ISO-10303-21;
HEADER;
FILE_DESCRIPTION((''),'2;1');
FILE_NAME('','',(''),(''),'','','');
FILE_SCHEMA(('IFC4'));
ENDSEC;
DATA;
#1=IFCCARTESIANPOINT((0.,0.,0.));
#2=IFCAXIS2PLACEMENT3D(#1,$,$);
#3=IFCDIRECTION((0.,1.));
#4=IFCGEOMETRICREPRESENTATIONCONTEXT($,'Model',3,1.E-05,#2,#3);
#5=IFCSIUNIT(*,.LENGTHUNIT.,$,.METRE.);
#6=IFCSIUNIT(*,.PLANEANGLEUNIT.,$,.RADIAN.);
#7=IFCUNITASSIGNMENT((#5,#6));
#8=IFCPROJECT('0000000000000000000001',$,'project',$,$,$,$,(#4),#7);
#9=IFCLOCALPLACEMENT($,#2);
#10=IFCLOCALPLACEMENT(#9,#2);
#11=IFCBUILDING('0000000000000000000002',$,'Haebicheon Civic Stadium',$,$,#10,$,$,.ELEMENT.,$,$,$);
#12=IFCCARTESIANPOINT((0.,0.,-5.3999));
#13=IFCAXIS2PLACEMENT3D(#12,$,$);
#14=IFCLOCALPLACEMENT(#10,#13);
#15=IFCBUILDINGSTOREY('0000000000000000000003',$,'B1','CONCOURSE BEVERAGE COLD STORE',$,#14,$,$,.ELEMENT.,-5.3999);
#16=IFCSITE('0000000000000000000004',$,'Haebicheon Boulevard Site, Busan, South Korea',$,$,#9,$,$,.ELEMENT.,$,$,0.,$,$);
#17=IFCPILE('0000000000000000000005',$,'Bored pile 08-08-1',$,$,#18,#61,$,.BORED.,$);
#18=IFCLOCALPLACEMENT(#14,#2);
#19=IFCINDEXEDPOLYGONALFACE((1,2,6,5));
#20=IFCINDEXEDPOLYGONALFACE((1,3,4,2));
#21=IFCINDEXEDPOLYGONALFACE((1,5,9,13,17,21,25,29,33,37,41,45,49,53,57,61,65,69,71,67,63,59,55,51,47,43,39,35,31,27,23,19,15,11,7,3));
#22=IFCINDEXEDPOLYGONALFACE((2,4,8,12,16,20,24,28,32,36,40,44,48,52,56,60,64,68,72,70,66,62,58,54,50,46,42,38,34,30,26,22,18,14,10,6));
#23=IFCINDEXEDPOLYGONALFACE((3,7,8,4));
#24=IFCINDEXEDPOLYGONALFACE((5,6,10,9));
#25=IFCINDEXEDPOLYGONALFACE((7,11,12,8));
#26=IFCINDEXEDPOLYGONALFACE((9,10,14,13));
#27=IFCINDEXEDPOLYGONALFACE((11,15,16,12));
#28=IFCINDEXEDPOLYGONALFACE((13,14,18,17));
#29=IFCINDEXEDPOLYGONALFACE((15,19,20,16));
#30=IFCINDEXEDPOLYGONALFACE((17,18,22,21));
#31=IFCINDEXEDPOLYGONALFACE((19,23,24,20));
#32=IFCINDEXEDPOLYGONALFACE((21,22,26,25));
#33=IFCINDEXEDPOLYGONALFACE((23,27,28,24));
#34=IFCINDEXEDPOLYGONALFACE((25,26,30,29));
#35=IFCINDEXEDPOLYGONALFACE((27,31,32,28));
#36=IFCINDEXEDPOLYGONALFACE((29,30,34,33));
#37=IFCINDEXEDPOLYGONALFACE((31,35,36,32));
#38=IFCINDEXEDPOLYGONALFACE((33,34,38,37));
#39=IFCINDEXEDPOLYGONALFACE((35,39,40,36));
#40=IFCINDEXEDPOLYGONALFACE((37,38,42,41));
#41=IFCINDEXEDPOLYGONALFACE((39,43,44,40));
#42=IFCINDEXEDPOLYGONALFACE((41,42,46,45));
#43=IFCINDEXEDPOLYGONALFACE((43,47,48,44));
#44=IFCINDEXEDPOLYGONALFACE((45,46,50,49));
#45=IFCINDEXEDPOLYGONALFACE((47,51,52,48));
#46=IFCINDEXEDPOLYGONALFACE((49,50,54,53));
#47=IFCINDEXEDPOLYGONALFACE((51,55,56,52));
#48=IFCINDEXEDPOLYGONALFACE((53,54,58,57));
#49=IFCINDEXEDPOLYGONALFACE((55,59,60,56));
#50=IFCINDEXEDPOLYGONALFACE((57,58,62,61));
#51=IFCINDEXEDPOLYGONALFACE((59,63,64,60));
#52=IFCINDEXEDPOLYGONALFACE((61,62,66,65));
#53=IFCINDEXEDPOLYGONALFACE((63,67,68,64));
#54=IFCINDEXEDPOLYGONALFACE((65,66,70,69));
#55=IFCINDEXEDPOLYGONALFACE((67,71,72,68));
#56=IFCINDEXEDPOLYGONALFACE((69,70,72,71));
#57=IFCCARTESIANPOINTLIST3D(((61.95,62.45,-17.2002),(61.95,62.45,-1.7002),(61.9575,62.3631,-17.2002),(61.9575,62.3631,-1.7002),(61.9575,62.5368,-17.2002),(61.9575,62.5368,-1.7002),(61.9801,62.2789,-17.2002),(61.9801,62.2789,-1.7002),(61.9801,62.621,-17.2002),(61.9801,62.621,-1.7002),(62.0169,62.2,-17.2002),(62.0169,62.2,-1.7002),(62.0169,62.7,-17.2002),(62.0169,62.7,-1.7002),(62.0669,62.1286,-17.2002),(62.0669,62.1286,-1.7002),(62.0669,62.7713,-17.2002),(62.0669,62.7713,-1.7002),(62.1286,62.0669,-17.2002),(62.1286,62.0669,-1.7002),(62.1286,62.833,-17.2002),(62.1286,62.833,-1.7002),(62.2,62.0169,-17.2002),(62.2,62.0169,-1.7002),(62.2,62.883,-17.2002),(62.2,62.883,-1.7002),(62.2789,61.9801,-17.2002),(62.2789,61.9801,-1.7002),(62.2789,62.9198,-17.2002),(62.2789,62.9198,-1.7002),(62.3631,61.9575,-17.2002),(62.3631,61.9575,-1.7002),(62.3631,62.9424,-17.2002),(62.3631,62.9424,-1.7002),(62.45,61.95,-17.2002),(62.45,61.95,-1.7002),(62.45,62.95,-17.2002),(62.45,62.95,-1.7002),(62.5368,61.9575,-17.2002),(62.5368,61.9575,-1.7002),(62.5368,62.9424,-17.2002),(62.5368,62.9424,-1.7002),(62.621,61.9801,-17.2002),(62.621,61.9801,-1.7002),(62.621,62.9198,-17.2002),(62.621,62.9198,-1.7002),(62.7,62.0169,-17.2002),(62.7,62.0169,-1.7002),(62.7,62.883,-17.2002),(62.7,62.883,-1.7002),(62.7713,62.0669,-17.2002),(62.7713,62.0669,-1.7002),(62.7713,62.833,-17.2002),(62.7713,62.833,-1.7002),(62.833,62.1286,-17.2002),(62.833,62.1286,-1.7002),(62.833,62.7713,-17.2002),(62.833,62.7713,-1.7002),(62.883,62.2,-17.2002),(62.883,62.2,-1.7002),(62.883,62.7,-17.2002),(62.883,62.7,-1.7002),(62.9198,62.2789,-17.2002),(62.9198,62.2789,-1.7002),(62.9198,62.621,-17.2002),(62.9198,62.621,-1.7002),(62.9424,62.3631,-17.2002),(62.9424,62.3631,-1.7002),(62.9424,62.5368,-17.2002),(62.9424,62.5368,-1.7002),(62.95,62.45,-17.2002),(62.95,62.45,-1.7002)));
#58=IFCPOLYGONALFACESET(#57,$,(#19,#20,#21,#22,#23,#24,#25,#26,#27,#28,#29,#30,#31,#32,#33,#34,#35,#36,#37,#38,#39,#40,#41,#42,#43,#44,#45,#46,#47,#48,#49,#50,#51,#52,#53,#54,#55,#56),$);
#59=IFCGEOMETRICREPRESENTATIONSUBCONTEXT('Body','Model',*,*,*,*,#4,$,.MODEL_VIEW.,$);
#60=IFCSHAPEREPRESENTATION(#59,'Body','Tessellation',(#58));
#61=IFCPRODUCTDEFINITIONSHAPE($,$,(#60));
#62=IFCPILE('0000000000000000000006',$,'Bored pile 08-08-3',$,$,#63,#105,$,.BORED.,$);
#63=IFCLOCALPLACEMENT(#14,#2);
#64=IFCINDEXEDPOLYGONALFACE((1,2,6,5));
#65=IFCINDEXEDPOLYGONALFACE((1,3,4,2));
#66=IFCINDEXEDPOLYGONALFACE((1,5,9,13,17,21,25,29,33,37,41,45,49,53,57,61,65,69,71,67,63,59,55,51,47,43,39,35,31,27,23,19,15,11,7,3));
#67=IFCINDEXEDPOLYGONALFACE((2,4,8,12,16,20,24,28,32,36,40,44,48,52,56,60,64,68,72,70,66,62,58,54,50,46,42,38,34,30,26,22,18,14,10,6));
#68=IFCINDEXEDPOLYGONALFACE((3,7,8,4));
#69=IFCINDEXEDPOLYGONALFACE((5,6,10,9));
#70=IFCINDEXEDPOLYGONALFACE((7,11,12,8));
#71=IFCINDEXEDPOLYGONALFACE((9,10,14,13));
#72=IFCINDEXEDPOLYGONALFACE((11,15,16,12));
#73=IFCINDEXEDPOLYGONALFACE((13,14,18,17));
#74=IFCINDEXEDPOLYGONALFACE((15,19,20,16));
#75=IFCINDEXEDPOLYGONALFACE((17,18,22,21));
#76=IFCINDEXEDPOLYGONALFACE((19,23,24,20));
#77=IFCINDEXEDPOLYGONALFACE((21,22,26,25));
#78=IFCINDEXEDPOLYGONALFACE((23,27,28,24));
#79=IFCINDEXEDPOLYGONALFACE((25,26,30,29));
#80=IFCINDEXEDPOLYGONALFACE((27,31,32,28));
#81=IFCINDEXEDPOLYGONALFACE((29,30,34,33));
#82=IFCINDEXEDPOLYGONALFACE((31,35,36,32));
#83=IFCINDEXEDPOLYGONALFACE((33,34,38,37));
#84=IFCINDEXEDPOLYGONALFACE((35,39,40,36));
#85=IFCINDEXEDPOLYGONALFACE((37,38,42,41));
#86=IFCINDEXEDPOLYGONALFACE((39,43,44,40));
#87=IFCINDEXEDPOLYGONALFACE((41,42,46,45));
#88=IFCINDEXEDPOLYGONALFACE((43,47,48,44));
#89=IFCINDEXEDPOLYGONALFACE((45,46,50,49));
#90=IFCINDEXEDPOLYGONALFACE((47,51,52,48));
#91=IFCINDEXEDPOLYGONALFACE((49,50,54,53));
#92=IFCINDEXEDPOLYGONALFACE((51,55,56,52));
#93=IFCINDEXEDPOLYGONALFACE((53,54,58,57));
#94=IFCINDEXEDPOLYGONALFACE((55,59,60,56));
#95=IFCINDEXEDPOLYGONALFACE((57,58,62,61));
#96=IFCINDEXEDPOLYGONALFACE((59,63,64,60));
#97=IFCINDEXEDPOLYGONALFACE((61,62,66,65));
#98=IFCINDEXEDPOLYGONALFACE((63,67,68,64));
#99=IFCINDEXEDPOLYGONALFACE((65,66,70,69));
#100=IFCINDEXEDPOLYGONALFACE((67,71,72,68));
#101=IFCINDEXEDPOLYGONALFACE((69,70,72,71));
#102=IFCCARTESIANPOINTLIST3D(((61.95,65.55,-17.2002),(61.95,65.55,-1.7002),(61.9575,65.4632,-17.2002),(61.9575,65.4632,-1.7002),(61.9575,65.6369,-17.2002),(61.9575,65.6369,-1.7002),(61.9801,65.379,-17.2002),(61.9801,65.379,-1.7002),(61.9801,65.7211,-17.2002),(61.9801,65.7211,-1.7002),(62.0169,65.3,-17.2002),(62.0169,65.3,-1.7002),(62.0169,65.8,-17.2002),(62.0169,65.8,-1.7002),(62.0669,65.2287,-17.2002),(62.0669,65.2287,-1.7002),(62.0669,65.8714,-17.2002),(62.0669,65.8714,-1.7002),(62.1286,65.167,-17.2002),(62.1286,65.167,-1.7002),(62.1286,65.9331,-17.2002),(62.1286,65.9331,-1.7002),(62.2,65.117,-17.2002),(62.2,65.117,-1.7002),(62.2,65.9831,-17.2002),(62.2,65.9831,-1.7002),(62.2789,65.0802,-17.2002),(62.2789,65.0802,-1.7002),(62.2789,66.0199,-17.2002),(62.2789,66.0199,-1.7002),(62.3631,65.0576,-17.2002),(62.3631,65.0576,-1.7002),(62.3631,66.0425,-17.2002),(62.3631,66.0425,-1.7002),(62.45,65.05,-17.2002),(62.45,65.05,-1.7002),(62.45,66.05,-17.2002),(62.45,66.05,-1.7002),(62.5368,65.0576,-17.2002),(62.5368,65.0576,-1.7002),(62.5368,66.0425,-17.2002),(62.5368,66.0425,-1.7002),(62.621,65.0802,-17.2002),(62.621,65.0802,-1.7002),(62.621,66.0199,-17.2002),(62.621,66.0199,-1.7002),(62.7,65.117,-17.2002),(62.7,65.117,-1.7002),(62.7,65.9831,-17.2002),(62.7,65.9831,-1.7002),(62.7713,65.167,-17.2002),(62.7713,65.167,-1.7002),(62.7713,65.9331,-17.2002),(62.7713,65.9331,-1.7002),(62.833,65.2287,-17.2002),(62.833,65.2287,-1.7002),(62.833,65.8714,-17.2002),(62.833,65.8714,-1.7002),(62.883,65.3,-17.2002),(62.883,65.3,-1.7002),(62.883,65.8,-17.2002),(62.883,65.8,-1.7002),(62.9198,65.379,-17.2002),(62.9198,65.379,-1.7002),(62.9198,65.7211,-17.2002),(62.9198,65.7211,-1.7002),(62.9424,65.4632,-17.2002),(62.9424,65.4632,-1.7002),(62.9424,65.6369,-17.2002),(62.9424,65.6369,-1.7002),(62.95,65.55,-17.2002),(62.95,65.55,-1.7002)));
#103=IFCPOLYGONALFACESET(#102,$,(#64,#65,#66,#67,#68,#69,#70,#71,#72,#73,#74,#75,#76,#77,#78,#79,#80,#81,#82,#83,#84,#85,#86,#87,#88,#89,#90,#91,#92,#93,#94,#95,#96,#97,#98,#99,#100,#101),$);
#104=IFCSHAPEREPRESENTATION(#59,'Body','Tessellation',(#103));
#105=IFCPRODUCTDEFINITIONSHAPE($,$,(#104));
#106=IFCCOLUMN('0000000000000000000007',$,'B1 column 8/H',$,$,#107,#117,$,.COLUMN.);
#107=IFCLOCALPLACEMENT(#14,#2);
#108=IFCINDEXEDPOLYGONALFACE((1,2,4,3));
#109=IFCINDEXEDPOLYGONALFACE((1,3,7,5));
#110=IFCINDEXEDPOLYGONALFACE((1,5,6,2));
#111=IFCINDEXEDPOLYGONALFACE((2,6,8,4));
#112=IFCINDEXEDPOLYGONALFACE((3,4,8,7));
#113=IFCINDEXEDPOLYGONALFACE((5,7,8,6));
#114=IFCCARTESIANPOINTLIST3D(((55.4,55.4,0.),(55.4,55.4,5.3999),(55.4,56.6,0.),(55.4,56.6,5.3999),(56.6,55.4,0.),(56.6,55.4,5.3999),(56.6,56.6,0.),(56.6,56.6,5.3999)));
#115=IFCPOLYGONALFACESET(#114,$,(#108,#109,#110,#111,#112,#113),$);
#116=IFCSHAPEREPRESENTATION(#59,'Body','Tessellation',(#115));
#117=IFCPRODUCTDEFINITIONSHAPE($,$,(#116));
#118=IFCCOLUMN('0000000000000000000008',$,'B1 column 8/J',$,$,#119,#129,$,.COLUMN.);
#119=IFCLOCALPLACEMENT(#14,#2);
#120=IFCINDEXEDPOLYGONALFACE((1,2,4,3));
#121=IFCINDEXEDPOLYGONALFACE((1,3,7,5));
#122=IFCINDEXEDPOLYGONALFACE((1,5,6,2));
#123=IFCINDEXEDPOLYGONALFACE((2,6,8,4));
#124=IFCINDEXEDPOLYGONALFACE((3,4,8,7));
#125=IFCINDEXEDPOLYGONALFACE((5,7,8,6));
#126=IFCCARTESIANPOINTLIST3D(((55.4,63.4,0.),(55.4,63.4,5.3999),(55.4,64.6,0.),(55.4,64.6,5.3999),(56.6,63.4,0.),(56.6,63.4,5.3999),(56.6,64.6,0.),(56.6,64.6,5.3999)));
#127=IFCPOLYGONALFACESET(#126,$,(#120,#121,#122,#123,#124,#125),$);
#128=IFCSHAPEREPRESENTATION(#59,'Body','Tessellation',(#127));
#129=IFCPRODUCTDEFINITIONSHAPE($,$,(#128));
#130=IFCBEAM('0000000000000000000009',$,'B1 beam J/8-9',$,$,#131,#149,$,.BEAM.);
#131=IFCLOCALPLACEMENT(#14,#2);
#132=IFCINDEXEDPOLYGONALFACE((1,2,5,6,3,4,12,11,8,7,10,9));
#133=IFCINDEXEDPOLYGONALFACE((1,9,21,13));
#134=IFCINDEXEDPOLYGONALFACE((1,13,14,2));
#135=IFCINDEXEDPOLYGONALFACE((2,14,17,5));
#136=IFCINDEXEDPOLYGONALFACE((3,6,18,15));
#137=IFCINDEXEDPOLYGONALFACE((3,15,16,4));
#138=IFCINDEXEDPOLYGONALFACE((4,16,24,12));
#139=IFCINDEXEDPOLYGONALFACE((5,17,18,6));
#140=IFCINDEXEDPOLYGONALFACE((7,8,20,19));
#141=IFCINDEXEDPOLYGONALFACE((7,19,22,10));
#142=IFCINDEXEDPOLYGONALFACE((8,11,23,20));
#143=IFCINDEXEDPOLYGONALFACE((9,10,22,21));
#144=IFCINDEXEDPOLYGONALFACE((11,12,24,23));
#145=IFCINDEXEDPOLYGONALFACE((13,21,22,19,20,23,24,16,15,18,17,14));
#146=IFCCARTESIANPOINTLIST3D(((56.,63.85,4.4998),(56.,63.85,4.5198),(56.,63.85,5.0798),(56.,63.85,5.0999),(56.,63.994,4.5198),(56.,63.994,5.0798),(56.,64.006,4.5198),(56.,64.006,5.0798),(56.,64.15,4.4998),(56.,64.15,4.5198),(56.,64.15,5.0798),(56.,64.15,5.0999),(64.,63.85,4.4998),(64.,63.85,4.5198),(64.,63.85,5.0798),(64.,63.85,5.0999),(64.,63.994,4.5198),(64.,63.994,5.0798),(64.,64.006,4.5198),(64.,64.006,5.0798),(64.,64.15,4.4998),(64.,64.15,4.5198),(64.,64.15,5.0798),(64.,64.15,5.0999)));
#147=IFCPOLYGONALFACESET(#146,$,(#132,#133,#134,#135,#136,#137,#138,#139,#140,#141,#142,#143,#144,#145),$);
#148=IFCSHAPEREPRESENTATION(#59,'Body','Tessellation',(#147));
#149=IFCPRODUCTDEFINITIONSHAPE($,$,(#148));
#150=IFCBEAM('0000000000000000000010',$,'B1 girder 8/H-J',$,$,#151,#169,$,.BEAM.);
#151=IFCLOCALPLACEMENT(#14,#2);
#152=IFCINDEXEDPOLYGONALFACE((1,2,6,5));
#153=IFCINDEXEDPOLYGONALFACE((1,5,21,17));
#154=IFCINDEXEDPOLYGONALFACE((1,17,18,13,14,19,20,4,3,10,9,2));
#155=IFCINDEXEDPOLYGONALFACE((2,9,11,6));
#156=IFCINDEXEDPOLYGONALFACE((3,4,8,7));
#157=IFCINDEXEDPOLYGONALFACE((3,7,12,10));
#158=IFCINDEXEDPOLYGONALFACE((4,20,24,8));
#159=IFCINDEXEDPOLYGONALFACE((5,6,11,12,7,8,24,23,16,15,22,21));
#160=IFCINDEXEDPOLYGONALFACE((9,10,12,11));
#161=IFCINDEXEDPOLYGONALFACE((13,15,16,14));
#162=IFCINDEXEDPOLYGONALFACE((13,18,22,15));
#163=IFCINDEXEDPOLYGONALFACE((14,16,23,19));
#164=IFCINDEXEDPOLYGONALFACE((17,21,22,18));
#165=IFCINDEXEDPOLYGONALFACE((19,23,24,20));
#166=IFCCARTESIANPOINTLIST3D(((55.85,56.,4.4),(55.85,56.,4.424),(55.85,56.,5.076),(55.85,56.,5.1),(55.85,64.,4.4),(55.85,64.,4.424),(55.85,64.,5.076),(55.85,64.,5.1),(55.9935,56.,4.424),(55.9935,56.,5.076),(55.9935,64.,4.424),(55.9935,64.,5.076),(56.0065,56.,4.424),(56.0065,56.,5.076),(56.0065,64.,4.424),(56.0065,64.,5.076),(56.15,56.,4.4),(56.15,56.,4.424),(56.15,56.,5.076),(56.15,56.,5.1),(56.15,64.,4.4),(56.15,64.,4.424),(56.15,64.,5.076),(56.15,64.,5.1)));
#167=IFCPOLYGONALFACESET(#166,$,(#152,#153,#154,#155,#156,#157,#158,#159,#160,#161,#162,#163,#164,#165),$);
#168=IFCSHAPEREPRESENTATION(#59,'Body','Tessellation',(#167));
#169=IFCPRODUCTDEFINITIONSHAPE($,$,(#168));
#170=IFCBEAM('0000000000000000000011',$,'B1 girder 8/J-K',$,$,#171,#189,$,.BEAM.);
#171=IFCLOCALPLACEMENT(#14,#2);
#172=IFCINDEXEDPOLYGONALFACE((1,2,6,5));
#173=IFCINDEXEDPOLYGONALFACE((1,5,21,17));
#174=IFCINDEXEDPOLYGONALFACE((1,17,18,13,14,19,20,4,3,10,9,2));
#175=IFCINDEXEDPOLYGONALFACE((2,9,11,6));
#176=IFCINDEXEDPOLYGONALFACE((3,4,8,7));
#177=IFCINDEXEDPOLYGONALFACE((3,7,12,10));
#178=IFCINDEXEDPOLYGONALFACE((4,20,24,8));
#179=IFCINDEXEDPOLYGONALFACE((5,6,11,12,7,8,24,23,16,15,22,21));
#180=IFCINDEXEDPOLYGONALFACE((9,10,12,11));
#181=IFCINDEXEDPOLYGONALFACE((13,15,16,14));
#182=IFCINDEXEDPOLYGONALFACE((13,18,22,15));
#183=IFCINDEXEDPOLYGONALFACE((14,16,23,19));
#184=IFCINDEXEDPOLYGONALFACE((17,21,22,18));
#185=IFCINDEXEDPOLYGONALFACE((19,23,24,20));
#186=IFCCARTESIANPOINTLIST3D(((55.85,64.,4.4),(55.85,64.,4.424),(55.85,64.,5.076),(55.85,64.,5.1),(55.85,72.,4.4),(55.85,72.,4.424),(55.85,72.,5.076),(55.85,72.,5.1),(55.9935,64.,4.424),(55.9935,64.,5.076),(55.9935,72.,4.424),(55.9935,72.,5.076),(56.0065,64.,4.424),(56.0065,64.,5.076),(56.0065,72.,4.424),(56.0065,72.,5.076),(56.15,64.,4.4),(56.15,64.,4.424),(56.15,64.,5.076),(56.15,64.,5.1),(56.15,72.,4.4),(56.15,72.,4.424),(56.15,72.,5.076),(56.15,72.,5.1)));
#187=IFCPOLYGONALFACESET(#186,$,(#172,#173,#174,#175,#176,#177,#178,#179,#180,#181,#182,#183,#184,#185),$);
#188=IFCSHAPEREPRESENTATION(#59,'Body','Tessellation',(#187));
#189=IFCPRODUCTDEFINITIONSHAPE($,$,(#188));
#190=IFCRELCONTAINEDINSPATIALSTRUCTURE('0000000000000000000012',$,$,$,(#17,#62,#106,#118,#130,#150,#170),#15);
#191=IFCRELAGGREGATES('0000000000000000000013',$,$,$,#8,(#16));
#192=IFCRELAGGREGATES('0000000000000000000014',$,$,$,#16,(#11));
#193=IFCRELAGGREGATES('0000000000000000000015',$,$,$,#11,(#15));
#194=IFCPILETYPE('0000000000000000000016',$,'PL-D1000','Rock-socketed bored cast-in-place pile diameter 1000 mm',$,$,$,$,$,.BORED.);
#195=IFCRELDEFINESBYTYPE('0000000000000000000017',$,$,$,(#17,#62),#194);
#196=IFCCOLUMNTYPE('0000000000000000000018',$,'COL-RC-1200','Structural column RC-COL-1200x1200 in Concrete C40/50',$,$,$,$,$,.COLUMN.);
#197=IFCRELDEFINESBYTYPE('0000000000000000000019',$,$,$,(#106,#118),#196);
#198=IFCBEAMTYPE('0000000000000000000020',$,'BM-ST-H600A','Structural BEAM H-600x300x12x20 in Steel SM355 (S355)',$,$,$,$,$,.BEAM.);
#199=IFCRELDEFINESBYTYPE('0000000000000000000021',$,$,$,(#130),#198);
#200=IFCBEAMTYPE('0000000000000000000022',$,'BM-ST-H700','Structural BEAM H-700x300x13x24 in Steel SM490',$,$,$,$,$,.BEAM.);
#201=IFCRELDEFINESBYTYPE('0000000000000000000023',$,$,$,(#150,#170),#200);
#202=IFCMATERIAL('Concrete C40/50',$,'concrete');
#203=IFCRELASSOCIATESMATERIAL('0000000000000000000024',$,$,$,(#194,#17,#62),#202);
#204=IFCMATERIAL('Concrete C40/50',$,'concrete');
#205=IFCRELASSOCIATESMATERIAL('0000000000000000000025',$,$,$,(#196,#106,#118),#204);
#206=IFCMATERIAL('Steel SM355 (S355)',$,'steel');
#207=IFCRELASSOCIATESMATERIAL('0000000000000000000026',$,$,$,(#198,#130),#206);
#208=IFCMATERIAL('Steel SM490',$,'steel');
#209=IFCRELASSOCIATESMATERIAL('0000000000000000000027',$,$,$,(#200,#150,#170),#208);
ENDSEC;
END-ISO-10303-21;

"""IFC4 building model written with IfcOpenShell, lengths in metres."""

from ifc_helpers import new_model, si_unit, direction, frame, origin, origin_2d, place, context, subcontext, project, spatial, rectangle, circle, i_section, extrude, material, material_profile, profile_set, type_object, element, save


model = new_model("IFC4")

# Units and contexts
model_context = context("Model", 3, precision=1e-05, world=origin(), true_north=direction((0.0, 1.0)))
body_context = subcontext(model_context, "Body", "Model", "MODEL_VIEW")
ifc_project = project(units=[si_unit("LENGTHUNIT", "METRE"), si_unit("PLANEANGLEUNIT", "RADIAN")], contexts=[model_context])

# Site, building, storey
site_placement = place(None, origin())
site = spatial("IfcSite", under=ifc_project, at=site_placement, Name="Haebicheon Boulevard Site, Busan, South Korea", CompositionType="ELEMENT", RefElevation=0.0)
building_placement = place(site_placement, origin())
building = spatial("IfcBuilding", under=site, at=building_placement, Name="Haebicheon Civic Stadium", CompositionType="ELEMENT")
storey_placement = place(building_placement, frame((0.0, 0.0, -5.3999)))
storey = spatial("IfcBuildingStorey", under=building, at=storey_placement, Name="B1", Description="CONCOURSE BEVERAGE COLD STORE", CompositionType="ELEMENT", Elevation=-5.3999)

# Piles
ifc_material_1 = material(Name="Concrete C40/50", Category="concrete")
ifc_material_profile_1 = material_profile(ifc_material_1, circle(Radius=0.5, at=origin_2d()), Name="PILE-D1000")
ifc_profile_set_1 = profile_set([ifc_material_profile_1], Name="Concrete C40/50")
pile_type = type_object("IfcPileType", Name="PL-D1000", Description="Rock-socketed bored cast-in-place pile diameter 1000 mm", PredefinedType="BORED", material=ifc_profile_set_1)
for number, where, z_axis, x_axis, name in (
    (1, (62.45, 62.45, -1.7002), (0.0, 0.0, -1.0), (1.0, 0.0, 0.0), "Bored pile 08-08-1"),
    (2, (62.45, 65.55, -1.7002), (0.0, 0.0, -1.0), (1.0, 0.0, 0.0), "Bored pile 08-08-3"),
):
    element("IfcPile", number, at=place(storey_placement, frame(where, z_axis=z_axis, x_axis=x_axis)), inside=storey, type_object=pile_type, material=ifc_profile_set_1, Name=name, PredefinedType="BORED", context=body_context, shape_type="SweptSolid", body=[
        extrude(circle(Radius=0.5, at=origin_2d()), origin(), (0.0, 0.0, 1.0), 15.5),
    ])

# Columns
ifc_material_2 = material(Name="Concrete C40/50", Category="concrete")
ifc_material_profile_2 = material_profile(ifc_material_2, rectangle(XDim=1.2, YDim=1.2, at=origin_2d()), Name="RC-COL-1200x1200")
ifc_profile_set_2 = profile_set([ifc_material_profile_2], Name="Concrete C40/50")
column_type = type_object("IfcColumnType", Name="COL-RC-1200", Description="Structural column RC-COL-1200x1200 in Concrete C40/50", PredefinedType="COLUMN", material=ifc_profile_set_2)
for number, where, z_axis, x_axis, name in (
    (3, (56.0, 56.0, 0.0), (0.0, 0.0, 1.0), (1.0, 0.0, 0.0), "B1 column 8/H"),
    (4, (56.0, 64.0, 0.0), (0.0, 0.0, 1.0), (1.0, 0.0, 0.0), "B1 column 8/J"),
):
    element("IfcColumn", number, at=place(storey_placement, frame(where, z_axis=z_axis, x_axis=x_axis)), inside=storey, type_object=column_type, material=ifc_profile_set_2, Name=name, PredefinedType="COLUMN", context=body_context, shape_type="SweptSolid", body=[
        extrude(rectangle(XDim=1.2, YDim=1.2, at=origin_2d()), origin(), (0.0, 0.0, 1.0), 5.3999),
    ])

# Beams
ifc_material_3 = material(Name="Steel SM355 (S355)", Category="steel")
ifc_material_profile_3 = material_profile(ifc_material_3, i_section(OverallWidth=0.3, OverallDepth=0.6001, WebThickness=0.012, FlangeThickness=0.02, at=origin_2d()), Name="H-600x300x12x20")
ifc_profile_set_3 = profile_set([ifc_material_profile_3], Name="Steel SM355 (S355)")
beam_type_1 = type_object("IfcBeamType", Name="BM-ST-H600A", Description="Structural BEAM H-600x300x12x20 in Steel SM355 (S355)", PredefinedType="BEAM", material=ifc_profile_set_3)
beam_1_placement = place(storey_placement, frame((56.0, 64.0, 4.7998), z_axis=(1.0, 0.0, 0.0), x_axis=(0.0, 1.0, 0.0)))
element("IfcBeam", 5, at=beam_1_placement, inside=storey, type_object=beam_type_1, material=ifc_profile_set_3, Name="B1 beam J/8-9", PredefinedType="BEAM", context=body_context, shape_type="SweptSolid", body=[
    extrude(i_section(OverallWidth=0.3, OverallDepth=0.6001, WebThickness=0.012, FlangeThickness=0.02, at=origin_2d()), origin(), (0.0, 0.0, 1.0), 8.0),
])
ifc_material_4 = material(Name="Steel SM490", Category="steel")
ifc_material_profile_4 = material_profile(ifc_material_4, i_section(OverallWidth=0.3, OverallDepth=0.7, WebThickness=0.0129, FlangeThickness=0.0239, at=origin_2d()), Name="H-700x300x13x24")
ifc_profile_set_4 = profile_set([ifc_material_profile_4], Name="Steel SM490")
beam_type_2 = type_object("IfcBeamType", Name="BM-ST-H700", Description="Structural BEAM H-700x300x13x24 in Steel SM490", PredefinedType="BEAM", material=ifc_profile_set_4)
for number, where, z_axis, x_axis, name in (
    (6, (56.0, 56.0, 4.75), (0.0, 1.0, 0.0), (-1.0, 0.0, 0.0), "B1 girder 8/H-J"),
    (7, (56.0, 64.0, 4.75), (0.0, 1.0, 0.0), (-1.0, 0.0, 0.0), "B1 girder 8/J-K"),
):
    element("IfcBeam", number, at=place(storey_placement, frame(where, z_axis=z_axis, x_axis=x_axis)), inside=storey, type_object=beam_type_2, material=ifc_profile_set_4, Name=name, PredefinedType="BEAM", context=body_context, shape_type="SweptSolid", body=[
        extrude(i_section(OverallWidth=0.3, OverallDepth=0.7, WebThickness=0.0129, FlangeThickness=0.0239, at=origin_2d()), origin(), (0.0, 0.0, 1.0), 8.0),
    ])

save(model, "model.ifc")
